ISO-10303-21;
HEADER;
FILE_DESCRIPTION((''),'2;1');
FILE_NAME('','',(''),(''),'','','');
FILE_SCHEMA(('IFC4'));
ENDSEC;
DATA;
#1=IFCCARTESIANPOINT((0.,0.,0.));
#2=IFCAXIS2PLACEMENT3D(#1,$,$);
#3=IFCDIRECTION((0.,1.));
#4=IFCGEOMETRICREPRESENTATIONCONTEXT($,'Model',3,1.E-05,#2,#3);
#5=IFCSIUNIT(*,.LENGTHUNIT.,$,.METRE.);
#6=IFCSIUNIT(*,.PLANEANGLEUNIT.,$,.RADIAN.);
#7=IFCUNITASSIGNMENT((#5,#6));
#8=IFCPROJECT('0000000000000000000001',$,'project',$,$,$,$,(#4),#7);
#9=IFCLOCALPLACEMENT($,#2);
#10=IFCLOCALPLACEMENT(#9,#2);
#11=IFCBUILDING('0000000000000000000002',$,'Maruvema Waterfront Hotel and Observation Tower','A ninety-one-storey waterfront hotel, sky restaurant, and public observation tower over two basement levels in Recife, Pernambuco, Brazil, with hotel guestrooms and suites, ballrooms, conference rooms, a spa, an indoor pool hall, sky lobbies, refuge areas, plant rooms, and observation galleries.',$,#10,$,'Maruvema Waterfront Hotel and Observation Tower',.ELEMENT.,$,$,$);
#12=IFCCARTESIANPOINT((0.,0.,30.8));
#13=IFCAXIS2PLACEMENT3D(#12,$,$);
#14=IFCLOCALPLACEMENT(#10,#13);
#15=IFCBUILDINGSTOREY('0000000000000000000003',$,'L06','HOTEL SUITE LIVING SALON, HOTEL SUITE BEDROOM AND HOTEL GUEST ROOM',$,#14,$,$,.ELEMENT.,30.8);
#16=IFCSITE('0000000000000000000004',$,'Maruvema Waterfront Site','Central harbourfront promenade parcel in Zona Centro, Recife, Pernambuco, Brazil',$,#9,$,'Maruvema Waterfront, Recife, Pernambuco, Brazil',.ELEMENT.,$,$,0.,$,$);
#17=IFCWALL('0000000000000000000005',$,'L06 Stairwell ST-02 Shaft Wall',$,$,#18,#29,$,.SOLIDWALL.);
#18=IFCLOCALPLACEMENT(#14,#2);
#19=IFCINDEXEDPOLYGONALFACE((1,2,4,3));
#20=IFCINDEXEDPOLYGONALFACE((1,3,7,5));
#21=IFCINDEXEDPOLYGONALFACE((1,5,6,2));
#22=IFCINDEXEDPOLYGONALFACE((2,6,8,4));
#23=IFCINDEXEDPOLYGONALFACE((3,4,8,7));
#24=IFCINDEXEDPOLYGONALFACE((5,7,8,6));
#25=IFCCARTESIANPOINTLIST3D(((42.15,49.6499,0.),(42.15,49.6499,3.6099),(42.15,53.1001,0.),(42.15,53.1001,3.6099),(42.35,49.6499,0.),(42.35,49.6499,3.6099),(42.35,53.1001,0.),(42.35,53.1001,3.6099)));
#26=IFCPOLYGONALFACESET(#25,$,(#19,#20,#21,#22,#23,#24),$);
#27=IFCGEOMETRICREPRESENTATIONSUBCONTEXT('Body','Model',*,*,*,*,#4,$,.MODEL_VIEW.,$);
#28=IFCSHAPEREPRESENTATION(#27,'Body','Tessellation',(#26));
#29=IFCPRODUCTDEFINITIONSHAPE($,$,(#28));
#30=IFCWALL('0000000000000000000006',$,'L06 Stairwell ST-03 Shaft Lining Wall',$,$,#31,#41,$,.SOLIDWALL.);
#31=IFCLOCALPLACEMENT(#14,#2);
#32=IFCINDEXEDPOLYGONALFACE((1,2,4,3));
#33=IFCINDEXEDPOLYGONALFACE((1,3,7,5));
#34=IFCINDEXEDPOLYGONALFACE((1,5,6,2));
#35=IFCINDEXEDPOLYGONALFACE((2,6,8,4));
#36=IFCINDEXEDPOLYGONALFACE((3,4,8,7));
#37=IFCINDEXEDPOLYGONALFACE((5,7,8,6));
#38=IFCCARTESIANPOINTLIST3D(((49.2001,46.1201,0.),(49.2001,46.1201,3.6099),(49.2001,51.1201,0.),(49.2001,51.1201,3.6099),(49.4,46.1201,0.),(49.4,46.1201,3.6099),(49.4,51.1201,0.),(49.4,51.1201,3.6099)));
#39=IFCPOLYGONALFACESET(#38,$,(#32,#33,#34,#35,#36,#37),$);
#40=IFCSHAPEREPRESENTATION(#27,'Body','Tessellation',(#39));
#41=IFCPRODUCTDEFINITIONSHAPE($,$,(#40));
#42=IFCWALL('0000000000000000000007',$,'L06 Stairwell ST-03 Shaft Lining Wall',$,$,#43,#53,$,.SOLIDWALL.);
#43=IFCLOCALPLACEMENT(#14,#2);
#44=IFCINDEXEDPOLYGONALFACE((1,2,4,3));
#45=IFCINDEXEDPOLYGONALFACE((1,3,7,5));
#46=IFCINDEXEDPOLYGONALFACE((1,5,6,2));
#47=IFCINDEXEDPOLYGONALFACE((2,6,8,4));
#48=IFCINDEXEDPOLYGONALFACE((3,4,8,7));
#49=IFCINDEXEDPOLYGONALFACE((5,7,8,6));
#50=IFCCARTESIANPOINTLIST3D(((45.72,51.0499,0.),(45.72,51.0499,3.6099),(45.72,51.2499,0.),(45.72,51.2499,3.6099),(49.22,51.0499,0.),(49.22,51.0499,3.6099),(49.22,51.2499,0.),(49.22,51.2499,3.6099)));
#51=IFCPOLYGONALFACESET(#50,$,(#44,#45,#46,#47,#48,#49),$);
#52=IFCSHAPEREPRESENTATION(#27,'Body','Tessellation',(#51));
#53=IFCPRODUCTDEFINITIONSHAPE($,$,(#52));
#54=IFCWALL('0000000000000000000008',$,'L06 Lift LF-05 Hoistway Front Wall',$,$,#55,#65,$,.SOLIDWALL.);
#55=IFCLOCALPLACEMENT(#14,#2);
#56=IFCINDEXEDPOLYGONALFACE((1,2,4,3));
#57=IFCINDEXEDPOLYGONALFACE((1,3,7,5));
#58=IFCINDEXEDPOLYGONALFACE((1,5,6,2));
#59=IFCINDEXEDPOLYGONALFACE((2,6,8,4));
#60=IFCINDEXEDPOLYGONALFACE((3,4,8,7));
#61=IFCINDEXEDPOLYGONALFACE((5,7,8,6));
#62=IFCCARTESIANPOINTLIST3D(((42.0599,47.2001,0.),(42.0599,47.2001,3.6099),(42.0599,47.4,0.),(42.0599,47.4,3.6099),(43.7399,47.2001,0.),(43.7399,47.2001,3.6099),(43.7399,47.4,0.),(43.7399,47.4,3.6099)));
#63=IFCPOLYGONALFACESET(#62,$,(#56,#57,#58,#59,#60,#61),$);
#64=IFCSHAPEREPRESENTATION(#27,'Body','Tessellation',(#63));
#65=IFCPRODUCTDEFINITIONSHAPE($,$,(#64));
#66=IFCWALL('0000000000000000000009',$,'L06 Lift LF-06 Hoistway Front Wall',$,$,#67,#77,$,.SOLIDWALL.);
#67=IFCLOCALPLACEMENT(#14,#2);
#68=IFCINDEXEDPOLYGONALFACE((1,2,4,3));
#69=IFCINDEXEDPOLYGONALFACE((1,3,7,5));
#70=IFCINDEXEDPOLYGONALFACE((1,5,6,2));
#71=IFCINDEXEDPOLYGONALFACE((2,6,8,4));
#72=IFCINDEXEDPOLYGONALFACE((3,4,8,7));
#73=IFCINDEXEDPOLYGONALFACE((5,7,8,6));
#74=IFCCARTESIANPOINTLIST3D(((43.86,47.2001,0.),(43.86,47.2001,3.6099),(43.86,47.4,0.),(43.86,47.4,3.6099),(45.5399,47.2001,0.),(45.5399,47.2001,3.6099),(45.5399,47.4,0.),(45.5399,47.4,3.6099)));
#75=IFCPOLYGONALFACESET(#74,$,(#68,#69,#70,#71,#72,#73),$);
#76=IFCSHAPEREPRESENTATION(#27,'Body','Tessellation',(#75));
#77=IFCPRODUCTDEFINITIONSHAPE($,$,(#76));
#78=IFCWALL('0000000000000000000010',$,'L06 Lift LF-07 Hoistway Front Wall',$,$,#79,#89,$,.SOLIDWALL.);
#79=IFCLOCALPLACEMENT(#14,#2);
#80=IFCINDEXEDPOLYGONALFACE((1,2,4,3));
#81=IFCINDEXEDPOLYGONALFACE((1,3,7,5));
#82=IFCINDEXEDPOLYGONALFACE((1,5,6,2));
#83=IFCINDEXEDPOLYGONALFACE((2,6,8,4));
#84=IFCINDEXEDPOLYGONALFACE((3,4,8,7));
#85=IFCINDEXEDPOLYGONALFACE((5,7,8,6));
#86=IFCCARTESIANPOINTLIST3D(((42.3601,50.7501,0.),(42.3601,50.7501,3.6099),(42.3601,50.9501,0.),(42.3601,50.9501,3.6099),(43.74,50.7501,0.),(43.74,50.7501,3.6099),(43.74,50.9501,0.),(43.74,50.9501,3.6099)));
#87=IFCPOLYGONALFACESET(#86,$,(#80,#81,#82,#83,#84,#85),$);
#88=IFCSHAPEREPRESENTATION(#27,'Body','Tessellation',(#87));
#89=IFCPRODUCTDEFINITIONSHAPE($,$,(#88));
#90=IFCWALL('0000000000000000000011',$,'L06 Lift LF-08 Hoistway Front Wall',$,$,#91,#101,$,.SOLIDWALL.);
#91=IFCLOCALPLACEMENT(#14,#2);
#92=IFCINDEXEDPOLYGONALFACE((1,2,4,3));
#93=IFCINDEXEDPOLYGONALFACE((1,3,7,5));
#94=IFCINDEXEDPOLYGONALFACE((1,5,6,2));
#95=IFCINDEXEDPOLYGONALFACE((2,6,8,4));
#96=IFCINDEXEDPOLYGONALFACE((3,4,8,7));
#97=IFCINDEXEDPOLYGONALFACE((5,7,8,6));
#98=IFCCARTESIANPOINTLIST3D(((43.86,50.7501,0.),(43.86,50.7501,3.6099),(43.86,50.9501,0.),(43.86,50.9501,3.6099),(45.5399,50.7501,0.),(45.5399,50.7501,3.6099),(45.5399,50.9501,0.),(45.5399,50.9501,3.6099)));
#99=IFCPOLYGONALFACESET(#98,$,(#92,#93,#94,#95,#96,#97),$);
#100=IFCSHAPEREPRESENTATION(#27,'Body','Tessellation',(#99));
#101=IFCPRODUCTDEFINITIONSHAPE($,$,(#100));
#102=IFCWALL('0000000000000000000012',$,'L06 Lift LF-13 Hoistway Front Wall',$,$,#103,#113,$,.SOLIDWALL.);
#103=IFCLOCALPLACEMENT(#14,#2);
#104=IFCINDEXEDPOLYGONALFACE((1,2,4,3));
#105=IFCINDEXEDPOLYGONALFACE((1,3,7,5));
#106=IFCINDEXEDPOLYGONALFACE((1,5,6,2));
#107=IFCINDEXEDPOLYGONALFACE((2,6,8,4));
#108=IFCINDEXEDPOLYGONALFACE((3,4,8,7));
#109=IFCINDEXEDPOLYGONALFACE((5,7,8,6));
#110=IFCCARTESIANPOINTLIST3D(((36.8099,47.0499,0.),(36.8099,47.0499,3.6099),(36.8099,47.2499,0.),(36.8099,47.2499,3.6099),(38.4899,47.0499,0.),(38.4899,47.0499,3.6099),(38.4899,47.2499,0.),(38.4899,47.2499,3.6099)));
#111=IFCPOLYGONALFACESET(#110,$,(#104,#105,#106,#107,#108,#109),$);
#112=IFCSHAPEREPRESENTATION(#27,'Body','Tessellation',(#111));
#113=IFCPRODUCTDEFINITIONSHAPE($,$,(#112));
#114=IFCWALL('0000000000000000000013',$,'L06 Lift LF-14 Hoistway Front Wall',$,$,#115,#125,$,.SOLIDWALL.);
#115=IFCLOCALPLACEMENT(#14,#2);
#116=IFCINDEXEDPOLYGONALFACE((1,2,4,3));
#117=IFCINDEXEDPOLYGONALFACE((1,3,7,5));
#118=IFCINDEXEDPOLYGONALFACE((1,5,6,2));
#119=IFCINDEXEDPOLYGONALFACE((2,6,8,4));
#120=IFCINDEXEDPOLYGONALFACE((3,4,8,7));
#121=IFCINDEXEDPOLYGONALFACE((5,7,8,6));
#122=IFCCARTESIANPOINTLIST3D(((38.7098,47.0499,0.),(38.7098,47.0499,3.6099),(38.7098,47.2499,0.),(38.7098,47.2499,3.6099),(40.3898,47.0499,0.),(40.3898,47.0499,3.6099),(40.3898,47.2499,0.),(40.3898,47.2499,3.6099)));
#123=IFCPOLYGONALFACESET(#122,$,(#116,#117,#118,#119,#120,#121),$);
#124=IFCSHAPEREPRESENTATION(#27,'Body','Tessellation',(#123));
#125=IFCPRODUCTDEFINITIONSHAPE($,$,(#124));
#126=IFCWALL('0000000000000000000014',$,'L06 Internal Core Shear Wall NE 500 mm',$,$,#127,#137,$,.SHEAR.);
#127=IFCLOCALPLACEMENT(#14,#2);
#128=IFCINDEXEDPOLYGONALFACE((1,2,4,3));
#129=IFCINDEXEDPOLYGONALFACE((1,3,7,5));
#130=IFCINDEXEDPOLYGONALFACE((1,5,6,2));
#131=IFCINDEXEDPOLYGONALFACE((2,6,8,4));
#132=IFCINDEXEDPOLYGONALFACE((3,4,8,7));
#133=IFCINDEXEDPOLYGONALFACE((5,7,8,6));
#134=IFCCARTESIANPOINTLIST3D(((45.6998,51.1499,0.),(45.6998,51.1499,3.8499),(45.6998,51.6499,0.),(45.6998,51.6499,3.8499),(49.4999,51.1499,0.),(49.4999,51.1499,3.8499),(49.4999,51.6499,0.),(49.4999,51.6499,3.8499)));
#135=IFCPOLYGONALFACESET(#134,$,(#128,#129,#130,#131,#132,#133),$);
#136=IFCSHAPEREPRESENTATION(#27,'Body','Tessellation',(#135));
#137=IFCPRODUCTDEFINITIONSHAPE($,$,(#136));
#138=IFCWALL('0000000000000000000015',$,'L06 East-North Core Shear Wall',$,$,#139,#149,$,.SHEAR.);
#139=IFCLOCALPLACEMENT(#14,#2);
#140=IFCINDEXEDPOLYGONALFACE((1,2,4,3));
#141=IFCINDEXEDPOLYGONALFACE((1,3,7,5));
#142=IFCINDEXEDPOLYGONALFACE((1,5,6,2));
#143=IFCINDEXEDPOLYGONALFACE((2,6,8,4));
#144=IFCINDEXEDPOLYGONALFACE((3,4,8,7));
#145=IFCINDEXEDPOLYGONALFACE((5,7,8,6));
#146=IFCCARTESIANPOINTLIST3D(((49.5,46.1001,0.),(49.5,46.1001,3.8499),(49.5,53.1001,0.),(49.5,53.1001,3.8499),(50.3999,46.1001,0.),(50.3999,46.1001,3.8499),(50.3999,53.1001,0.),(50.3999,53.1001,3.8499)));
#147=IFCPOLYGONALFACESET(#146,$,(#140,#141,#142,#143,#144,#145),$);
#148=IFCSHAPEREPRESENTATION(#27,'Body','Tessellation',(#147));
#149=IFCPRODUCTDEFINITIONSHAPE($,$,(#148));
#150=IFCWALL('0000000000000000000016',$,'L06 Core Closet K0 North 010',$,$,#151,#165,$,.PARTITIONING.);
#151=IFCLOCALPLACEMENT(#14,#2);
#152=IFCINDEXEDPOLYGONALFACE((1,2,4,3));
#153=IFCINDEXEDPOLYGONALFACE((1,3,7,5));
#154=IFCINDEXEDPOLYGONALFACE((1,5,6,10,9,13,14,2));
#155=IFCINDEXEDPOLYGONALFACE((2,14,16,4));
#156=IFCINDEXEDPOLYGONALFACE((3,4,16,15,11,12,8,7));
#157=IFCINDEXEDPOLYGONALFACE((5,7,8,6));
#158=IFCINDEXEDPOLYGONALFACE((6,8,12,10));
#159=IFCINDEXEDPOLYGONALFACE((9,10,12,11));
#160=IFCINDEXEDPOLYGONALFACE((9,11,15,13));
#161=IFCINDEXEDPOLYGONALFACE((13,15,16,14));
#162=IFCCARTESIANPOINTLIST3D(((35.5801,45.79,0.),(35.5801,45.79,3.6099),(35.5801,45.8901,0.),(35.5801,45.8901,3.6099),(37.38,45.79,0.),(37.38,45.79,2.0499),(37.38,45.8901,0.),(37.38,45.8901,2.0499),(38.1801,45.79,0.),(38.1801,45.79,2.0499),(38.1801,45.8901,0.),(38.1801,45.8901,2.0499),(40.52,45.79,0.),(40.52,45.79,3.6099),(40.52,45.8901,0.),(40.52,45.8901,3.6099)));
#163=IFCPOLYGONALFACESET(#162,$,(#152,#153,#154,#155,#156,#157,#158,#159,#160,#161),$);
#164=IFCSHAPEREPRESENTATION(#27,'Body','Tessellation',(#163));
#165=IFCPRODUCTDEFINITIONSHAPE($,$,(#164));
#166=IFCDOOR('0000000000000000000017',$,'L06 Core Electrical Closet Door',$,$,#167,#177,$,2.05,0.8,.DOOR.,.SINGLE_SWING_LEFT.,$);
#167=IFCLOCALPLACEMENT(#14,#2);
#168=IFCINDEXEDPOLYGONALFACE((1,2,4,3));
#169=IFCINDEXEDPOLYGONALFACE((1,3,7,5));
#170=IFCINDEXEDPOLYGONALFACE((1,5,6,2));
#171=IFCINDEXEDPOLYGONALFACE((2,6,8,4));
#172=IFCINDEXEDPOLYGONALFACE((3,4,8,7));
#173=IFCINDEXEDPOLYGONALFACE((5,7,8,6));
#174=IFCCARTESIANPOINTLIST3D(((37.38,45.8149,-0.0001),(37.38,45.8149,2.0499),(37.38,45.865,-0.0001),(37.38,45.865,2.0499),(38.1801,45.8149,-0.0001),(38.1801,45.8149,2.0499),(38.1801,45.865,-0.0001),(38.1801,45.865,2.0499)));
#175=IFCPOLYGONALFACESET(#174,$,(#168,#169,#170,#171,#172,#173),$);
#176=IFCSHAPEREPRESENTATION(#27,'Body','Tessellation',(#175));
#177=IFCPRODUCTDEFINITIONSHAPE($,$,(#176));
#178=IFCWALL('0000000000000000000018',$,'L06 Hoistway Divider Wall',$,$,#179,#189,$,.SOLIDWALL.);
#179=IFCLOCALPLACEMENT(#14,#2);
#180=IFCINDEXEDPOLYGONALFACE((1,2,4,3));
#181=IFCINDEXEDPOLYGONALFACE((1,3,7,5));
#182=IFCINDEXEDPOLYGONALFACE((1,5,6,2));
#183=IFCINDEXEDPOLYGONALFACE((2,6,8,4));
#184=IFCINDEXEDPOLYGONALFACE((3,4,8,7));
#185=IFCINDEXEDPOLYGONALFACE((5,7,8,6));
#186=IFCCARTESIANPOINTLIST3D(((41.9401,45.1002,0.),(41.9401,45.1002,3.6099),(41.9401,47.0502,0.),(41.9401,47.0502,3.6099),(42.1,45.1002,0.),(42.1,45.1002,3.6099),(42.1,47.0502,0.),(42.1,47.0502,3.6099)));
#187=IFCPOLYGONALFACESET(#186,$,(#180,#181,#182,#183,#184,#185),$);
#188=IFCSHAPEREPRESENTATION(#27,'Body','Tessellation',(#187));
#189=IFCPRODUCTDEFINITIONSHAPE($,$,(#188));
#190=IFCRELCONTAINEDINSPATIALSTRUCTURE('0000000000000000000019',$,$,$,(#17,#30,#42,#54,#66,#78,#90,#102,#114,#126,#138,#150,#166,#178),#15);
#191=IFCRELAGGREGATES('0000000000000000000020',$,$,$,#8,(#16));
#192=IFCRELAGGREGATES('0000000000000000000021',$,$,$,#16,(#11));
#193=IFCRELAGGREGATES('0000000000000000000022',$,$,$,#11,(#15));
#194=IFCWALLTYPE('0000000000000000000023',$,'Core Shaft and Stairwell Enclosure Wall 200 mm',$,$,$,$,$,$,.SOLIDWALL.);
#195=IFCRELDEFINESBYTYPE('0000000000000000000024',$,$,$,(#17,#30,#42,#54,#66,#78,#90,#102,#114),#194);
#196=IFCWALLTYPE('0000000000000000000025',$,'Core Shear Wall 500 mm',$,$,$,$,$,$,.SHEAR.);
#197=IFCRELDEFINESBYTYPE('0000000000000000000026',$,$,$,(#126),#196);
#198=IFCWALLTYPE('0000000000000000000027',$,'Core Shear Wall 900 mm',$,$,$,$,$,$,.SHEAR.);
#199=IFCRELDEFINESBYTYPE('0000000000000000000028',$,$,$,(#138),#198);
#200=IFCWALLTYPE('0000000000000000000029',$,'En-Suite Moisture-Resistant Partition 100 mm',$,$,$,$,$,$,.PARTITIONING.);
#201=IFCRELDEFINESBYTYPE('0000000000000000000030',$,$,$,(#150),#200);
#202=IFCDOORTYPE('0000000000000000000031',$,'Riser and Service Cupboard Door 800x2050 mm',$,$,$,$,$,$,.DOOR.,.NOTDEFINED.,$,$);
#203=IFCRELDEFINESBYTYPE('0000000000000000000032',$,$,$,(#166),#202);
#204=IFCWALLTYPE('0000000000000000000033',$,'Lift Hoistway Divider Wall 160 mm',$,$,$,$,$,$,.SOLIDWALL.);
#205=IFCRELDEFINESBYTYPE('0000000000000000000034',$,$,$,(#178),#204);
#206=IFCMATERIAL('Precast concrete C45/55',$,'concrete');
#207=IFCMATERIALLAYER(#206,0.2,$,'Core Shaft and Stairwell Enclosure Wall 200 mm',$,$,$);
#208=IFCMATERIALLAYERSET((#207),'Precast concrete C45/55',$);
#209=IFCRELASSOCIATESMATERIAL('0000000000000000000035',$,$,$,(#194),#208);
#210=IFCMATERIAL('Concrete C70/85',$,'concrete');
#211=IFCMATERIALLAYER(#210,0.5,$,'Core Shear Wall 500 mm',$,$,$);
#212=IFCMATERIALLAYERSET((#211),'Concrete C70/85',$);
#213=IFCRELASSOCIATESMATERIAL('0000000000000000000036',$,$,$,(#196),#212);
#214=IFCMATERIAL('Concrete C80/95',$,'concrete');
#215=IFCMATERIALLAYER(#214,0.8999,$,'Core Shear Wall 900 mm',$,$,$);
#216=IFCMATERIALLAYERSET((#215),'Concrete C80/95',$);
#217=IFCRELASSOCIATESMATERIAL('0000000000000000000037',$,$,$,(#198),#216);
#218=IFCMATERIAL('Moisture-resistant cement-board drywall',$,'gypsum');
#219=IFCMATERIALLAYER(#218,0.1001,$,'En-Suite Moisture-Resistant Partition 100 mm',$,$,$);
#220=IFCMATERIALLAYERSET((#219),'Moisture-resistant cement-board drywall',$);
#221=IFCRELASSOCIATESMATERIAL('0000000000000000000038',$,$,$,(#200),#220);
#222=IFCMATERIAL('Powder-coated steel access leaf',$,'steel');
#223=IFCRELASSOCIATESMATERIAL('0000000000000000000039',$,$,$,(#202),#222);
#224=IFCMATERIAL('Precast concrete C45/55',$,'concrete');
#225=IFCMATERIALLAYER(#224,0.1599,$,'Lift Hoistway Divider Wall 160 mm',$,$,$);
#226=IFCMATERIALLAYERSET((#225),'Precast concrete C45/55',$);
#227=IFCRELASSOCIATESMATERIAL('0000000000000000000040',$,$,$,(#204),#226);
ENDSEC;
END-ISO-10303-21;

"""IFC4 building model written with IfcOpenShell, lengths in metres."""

from ifc_helpers import new_model, si_unit, direction, frame, frame_2d, origin, place, context, subcontext, project, spatial, rectangle, extrude, material, layer, layer_set, type_object, element, fill, save


model = new_model("IFC4")

# Units and contexts
model_context = context("Model", 3, precision=1e-05, world=origin(), true_north=direction((0.0, 1.0)))
body_context = subcontext(model_context, "Body", "Model", "MODEL_VIEW")
ifc_project = project(units=[si_unit("LENGTHUNIT", "METRE"), si_unit("PLANEANGLEUNIT", "RADIAN")], contexts=[model_context])

# Site, building, storey
site_placement = place(None, origin())
site = spatial("IfcSite", under=ifc_project, at=site_placement, Name="Maruvema Waterfront Site", Description="Central harbourfront promenade parcel in Zona Centro, Recife, Pernambuco, Brazil", LongName="Maruvema Waterfront, Recife, Pernambuco, Brazil", CompositionType="ELEMENT", RefElevation=0.0)
building_placement = place(site_placement, origin())
building = spatial("IfcBuilding", under=site, at=building_placement, Name="Maruvema Waterfront Hotel and Observation Tower", Description="A ninety-one-storey waterfront hotel, sky restaurant, and public observation tower over two basement levels in Recife, Pernambuco, Brazil, with hotel guestrooms and suites, ballrooms, conference rooms, a spa, an indoor pool hall, sky lobbies, refuge areas, plant rooms, and observation galleries.", LongName="Maruvema Waterfront Hotel and Observation Tower", CompositionType="ELEMENT")
storey_placement = place(building_placement, frame((0.0, 0.0, 30.8)))
storey = spatial("IfcBuildingStorey", under=building, at=storey_placement, Name="L06", Description="HOTEL SUITE LIVING SALON, HOTEL SUITE BEDROOM AND HOTEL GUEST ROOM", CompositionType="ELEMENT", Elevation=30.8)

# Walls
ifc_material_1 = material(Name="Precast concrete C45/55", Category="concrete")
ifc_layer_1 = layer(ifc_material_1, 0.2, Name="Core Shaft and Stairwell Enclosure Wall 200 mm")
ifc_layer_set_1 = layer_set([ifc_layer_1], Name="Precast concrete C45/55")
wall_type_1 = type_object("IfcWallType", Name="Core Shaft and Stairwell Enclosure Wall 200 mm", PredefinedType="SOLIDWALL", material=ifc_layer_set_1)
wall_1_placement = place(storey_placement, frame((42.25, 49.6499, 0.0), z_axis=(0.0, 0.0, 1.0), x_axis=(0.0, 1.0, 0.0)))
element("IfcWall", 1, at=wall_1_placement, inside=storey, type_object=wall_type_1, Name="L06 Stairwell ST-02 Shaft Wall", PredefinedType="SOLIDWALL", context=body_context, shape_type="SweptSolid", body=[
    extrude(rectangle(XDim=3.4502, YDim=0.2, at=frame_2d((1.7251, 0.0))), origin(), (0.0, 0.0, 1.0), 3.6099),
])
wall_2_placement = place(storey_placement, frame((49.3, 46.1201, 0.0), z_axis=(0.0, 0.0, 1.0), x_axis=(0.0, 1.0, 0.0)))
element("IfcWall", 2, at=wall_2_placement, inside=storey, type_object=wall_type_1, Name="L06 Stairwell ST-03 Shaft Lining Wall", PredefinedType="SOLIDWALL", context=body_context, shape_type="SweptSolid", body=[
    extrude(rectangle(XDim=5.0, YDim=0.2, at=frame_2d((2.5, 0.0))), origin(), (0.0, 0.0, 1.0), 3.6099),
])
wall_3_placement = place(storey_placement, frame((45.72, 51.1499, 0.0), z_axis=(0.0, 0.0, 1.0), x_axis=(1.0, 0.0, 0.0)))
element("IfcWall", 3, at=wall_3_placement, inside=storey, type_object=wall_type_1, Name="L06 Stairwell ST-03 Shaft Lining Wall", PredefinedType="SOLIDWALL", context=body_context, shape_type="SweptSolid", body=[
    extrude(rectangle(XDim=3.5, YDim=0.2, at=frame_2d((1.75, 0.0))), origin(), (0.0, 0.0, 1.0), 3.6099),
])
for number, where, z_axis, x_axis, name in (
    (4, (42.0601, 47.3, 0.0), (0.0, 0.0, 1.0), (1.0, 0.0, 0.0), "L06 Lift LF-05 Hoistway Front Wall"),
    (5, (43.8601, 47.3, 0.0), (0.0, 0.0, 1.0), (1.0, 0.0, 0.0), "L06 Lift LF-06 Hoistway Front Wall"),
):
    element("IfcWall", number, at=place(storey_placement, frame(where, z_axis=z_axis, x_axis=x_axis)), inside=storey, type_object=wall_type_1, Name=name, PredefinedType="SOLIDWALL", context=body_context, shape_type="SweptSolid", body=[
        extrude(rectangle(XDim=1.6799, YDim=0.2, at=frame_2d((0.8398, 0.0))), origin(), (0.0, 0.0, 1.0), 3.6099),
    ])
wall_4_placement = place(storey_placement, frame((42.3601, 50.8501, 0.0), z_axis=(0.0, 0.0, 1.0), x_axis=(1.0, 0.0, 0.0)))
element("IfcWall", 6, at=wall_4_placement, inside=storey, type_object=wall_type_1, Name="L06 Lift LF-07 Hoistway Front Wall", PredefinedType="SOLIDWALL", context=body_context, shape_type="SweptSolid", body=[
    extrude(rectangle(XDim=1.3799, YDim=0.2, at=frame_2d((0.6899, 0.0))), origin(), (0.0, 0.0, 1.0), 3.6099),
])
for number, where, z_axis, x_axis, name in (
    (7, (43.8601, 50.8501, 0.0), (0.0, 0.0, 1.0), (1.0, 0.0, 0.0), "L06 Lift LF-08 Hoistway Front Wall"),
    (8, (36.8101, 47.1499, 0.0), (0.0, 0.0, 1.0), (1.0, 0.0, 0.0), "L06 Lift LF-13 Hoistway Front Wall"),
    (9, (38.71, 47.1499, 0.0), (0.0, 0.0, 1.0), (1.0, 0.0, 0.0), "L06 Lift LF-14 Hoistway Front Wall"),
):
    element("IfcWall", number, at=place(storey_placement, frame(where, z_axis=z_axis, x_axis=x_axis)), inside=storey, type_object=wall_type_1, Name=name, PredefinedType="SOLIDWALL", context=body_context, shape_type="SweptSolid", body=[
        extrude(rectangle(XDim=1.6799, YDim=0.2, at=frame_2d((0.8398, 0.0))), origin(), (0.0, 0.0, 1.0), 3.6099),
    ])
ifc_material_2 = material(Name="Concrete C70/85", Category="concrete")
ifc_layer_2 = layer(ifc_material_2, 0.5, Name="Core Shear Wall 500 mm")
ifc_layer_set_2 = layer_set([ifc_layer_2], Name="Concrete C70/85")
wall_type_2 = type_object("IfcWallType", Name="Core Shear Wall 500 mm", PredefinedType="SHEAR", material=ifc_layer_set_2)
wall_5_placement = place(storey_placement, frame((45.7, 51.3999, 0.0), z_axis=(0.0, 0.0, 1.0), x_axis=(1.0, 0.0, 0.0)))
element("IfcWall", 10, at=wall_5_placement, inside=storey, type_object=wall_type_2, Name="L06 Internal Core Shear Wall NE 500 mm", PredefinedType="SHEAR", context=body_context, shape_type="SweptSolid", body=[
    extrude(rectangle(XDim=3.8, YDim=0.5, at=frame_2d((1.8999, 0.0))), origin(), (0.0, 0.0, 1.0), 3.8499),
])
ifc_material_3 = material(Name="Concrete C80/95", Category="concrete")
ifc_layer_3 = layer(ifc_material_3, 0.8999, Name="Core Shear Wall 900 mm")
ifc_layer_set_3 = layer_set([ifc_layer_3], Name="Concrete C80/95")
wall_type_3 = type_object("IfcWallType", Name="Core Shear Wall 900 mm", PredefinedType="SHEAR", material=ifc_layer_set_3)
wall_6_placement = place(storey_placement, frame((49.95, 46.1001, 0.0), z_axis=(0.0, 0.0, 1.0), x_axis=(0.0, 1.0, 0.0)))
element("IfcWall", 11, at=wall_6_placement, inside=storey, type_object=wall_type_3, Name="L06 East-North Core Shear Wall", PredefinedType="SHEAR", context=body_context, shape_type="SweptSolid", body=[
    extrude(rectangle(XDim=7.0, YDim=0.8999, at=frame_2d((3.5, 0.0))), origin(), (0.0, 0.0, 1.0), 3.8499),
])

# Wall, opening, door
ifc_material_4 = material(Name="Moisture-resistant cement-board drywall", Category="gypsum")
ifc_layer_4 = layer(ifc_material_4, 0.1001, Name="En-Suite Moisture-Resistant Partition 100 mm")
ifc_layer_set_4 = layer_set([ifc_layer_4], Name="Moisture-resistant cement-board drywall")
wall_type_4 = type_object("IfcWallType", Name="En-Suite Moisture-Resistant Partition 100 mm", PredefinedType="PARTITIONING", material=ifc_layer_set_4)
wall_7_placement = place(storey_placement, frame((35.5801, 45.8401, 0.0), z_axis=(0.0, 0.0, 1.0), x_axis=(1.0, 0.0, 0.0)))
wall_7 = element("IfcWall", 12, at=wall_7_placement, inside=storey, type_object=wall_type_4, Name="L06 Core Closet K0 North 010", PredefinedType="PARTITIONING", context=body_context, shape_type="SweptSolid", body=[
    extrude(rectangle(XDim=4.9399, YDim=0.1001, at=frame_2d((2.47, 0.0))), origin(), (0.0, 0.0, 1.0), 3.6099),
])
opening_placement = place(wall_7_placement, frame((1.8, 0.0, 0.0)))
opening = element("IfcOpeningElement", 13, at=opening_placement, cuts=wall_7, PredefinedType="OPENING", context=body_context, shape_type="SweptSolid", body=[
    extrude(rectangle(XDim=0.8, YDim=2.05, at=frame_2d((0.3999, 1.0249))), frame((0.0, 0.0601, 0.0), z_axis=(0.0, -1.0, 0.0), x_axis=(1.0, 0.0, 0.0)), (0.0, 0.0, 1.0), 0.1201),
])
ifc_material_5 = material(Name="Powder-coated steel access leaf", Category="steel")
door_type = type_object("IfcDoorType", Name="Riser and Service Cupboard Door 800x2050 mm", OperationType="NOTDEFINED", PredefinedType="DOOR", material=ifc_material_5)
door_placement = place(opening_placement, origin())
door = element("IfcDoor", 14, at=door_placement, inside=storey, type_object=door_type, Name="L06 Core Electrical Closet Door", OperationType="SINGLE_SWING_LEFT", OverallHeight=2.05, OverallWidth=0.8, PredefinedType="DOOR", context=body_context, shape_type="SweptSolid", body=[
    extrude(rectangle(XDim=0.8, YDim=2.05, at=frame_2d((0.3999, 1.0249))), frame((0.0, 0.0249, 0.0), z_axis=(0.0, -1.0, 0.0), x_axis=(1.0, 0.0, 0.0)), (0.0, 0.0, 1.0), 0.05),
])
fill(opening, door)

# Wall
ifc_material_6 = material(Name="Precast concrete C45/55", Category="concrete")
ifc_layer_5 = layer(ifc_material_6, 0.1599, Name="Lift Hoistway Divider Wall 160 mm")
ifc_layer_set_5 = layer_set([ifc_layer_5], Name="Precast concrete C45/55")
wall_type_5 = type_object("IfcWallType", Name="Lift Hoistway Divider Wall 160 mm", PredefinedType="SOLIDWALL", material=ifc_layer_set_5)
for number, where, z_axis, x_axis, name in (
    (15, (42.02, 45.1001, 0.0), (0.0, 0.0, 1.0), (0.0, 1.0, 0.0), "L06 Hoistway Divider Wall"),
):
    element("IfcWall", number, at=place(storey_placement, frame(where, z_axis=z_axis, x_axis=x_axis)), inside=storey, type_object=wall_type_5, Name=name, PredefinedType="SOLIDWALL", context=body_context, shape_type="SweptSolid", body=[
        extrude(rectangle(XDim=1.95, YDim=0.1599, at=frame_2d((0.9751, 0.0))), origin(), (0.0, 0.0, 1.0), 3.6099),
    ])

save(model, "model.ifc")
